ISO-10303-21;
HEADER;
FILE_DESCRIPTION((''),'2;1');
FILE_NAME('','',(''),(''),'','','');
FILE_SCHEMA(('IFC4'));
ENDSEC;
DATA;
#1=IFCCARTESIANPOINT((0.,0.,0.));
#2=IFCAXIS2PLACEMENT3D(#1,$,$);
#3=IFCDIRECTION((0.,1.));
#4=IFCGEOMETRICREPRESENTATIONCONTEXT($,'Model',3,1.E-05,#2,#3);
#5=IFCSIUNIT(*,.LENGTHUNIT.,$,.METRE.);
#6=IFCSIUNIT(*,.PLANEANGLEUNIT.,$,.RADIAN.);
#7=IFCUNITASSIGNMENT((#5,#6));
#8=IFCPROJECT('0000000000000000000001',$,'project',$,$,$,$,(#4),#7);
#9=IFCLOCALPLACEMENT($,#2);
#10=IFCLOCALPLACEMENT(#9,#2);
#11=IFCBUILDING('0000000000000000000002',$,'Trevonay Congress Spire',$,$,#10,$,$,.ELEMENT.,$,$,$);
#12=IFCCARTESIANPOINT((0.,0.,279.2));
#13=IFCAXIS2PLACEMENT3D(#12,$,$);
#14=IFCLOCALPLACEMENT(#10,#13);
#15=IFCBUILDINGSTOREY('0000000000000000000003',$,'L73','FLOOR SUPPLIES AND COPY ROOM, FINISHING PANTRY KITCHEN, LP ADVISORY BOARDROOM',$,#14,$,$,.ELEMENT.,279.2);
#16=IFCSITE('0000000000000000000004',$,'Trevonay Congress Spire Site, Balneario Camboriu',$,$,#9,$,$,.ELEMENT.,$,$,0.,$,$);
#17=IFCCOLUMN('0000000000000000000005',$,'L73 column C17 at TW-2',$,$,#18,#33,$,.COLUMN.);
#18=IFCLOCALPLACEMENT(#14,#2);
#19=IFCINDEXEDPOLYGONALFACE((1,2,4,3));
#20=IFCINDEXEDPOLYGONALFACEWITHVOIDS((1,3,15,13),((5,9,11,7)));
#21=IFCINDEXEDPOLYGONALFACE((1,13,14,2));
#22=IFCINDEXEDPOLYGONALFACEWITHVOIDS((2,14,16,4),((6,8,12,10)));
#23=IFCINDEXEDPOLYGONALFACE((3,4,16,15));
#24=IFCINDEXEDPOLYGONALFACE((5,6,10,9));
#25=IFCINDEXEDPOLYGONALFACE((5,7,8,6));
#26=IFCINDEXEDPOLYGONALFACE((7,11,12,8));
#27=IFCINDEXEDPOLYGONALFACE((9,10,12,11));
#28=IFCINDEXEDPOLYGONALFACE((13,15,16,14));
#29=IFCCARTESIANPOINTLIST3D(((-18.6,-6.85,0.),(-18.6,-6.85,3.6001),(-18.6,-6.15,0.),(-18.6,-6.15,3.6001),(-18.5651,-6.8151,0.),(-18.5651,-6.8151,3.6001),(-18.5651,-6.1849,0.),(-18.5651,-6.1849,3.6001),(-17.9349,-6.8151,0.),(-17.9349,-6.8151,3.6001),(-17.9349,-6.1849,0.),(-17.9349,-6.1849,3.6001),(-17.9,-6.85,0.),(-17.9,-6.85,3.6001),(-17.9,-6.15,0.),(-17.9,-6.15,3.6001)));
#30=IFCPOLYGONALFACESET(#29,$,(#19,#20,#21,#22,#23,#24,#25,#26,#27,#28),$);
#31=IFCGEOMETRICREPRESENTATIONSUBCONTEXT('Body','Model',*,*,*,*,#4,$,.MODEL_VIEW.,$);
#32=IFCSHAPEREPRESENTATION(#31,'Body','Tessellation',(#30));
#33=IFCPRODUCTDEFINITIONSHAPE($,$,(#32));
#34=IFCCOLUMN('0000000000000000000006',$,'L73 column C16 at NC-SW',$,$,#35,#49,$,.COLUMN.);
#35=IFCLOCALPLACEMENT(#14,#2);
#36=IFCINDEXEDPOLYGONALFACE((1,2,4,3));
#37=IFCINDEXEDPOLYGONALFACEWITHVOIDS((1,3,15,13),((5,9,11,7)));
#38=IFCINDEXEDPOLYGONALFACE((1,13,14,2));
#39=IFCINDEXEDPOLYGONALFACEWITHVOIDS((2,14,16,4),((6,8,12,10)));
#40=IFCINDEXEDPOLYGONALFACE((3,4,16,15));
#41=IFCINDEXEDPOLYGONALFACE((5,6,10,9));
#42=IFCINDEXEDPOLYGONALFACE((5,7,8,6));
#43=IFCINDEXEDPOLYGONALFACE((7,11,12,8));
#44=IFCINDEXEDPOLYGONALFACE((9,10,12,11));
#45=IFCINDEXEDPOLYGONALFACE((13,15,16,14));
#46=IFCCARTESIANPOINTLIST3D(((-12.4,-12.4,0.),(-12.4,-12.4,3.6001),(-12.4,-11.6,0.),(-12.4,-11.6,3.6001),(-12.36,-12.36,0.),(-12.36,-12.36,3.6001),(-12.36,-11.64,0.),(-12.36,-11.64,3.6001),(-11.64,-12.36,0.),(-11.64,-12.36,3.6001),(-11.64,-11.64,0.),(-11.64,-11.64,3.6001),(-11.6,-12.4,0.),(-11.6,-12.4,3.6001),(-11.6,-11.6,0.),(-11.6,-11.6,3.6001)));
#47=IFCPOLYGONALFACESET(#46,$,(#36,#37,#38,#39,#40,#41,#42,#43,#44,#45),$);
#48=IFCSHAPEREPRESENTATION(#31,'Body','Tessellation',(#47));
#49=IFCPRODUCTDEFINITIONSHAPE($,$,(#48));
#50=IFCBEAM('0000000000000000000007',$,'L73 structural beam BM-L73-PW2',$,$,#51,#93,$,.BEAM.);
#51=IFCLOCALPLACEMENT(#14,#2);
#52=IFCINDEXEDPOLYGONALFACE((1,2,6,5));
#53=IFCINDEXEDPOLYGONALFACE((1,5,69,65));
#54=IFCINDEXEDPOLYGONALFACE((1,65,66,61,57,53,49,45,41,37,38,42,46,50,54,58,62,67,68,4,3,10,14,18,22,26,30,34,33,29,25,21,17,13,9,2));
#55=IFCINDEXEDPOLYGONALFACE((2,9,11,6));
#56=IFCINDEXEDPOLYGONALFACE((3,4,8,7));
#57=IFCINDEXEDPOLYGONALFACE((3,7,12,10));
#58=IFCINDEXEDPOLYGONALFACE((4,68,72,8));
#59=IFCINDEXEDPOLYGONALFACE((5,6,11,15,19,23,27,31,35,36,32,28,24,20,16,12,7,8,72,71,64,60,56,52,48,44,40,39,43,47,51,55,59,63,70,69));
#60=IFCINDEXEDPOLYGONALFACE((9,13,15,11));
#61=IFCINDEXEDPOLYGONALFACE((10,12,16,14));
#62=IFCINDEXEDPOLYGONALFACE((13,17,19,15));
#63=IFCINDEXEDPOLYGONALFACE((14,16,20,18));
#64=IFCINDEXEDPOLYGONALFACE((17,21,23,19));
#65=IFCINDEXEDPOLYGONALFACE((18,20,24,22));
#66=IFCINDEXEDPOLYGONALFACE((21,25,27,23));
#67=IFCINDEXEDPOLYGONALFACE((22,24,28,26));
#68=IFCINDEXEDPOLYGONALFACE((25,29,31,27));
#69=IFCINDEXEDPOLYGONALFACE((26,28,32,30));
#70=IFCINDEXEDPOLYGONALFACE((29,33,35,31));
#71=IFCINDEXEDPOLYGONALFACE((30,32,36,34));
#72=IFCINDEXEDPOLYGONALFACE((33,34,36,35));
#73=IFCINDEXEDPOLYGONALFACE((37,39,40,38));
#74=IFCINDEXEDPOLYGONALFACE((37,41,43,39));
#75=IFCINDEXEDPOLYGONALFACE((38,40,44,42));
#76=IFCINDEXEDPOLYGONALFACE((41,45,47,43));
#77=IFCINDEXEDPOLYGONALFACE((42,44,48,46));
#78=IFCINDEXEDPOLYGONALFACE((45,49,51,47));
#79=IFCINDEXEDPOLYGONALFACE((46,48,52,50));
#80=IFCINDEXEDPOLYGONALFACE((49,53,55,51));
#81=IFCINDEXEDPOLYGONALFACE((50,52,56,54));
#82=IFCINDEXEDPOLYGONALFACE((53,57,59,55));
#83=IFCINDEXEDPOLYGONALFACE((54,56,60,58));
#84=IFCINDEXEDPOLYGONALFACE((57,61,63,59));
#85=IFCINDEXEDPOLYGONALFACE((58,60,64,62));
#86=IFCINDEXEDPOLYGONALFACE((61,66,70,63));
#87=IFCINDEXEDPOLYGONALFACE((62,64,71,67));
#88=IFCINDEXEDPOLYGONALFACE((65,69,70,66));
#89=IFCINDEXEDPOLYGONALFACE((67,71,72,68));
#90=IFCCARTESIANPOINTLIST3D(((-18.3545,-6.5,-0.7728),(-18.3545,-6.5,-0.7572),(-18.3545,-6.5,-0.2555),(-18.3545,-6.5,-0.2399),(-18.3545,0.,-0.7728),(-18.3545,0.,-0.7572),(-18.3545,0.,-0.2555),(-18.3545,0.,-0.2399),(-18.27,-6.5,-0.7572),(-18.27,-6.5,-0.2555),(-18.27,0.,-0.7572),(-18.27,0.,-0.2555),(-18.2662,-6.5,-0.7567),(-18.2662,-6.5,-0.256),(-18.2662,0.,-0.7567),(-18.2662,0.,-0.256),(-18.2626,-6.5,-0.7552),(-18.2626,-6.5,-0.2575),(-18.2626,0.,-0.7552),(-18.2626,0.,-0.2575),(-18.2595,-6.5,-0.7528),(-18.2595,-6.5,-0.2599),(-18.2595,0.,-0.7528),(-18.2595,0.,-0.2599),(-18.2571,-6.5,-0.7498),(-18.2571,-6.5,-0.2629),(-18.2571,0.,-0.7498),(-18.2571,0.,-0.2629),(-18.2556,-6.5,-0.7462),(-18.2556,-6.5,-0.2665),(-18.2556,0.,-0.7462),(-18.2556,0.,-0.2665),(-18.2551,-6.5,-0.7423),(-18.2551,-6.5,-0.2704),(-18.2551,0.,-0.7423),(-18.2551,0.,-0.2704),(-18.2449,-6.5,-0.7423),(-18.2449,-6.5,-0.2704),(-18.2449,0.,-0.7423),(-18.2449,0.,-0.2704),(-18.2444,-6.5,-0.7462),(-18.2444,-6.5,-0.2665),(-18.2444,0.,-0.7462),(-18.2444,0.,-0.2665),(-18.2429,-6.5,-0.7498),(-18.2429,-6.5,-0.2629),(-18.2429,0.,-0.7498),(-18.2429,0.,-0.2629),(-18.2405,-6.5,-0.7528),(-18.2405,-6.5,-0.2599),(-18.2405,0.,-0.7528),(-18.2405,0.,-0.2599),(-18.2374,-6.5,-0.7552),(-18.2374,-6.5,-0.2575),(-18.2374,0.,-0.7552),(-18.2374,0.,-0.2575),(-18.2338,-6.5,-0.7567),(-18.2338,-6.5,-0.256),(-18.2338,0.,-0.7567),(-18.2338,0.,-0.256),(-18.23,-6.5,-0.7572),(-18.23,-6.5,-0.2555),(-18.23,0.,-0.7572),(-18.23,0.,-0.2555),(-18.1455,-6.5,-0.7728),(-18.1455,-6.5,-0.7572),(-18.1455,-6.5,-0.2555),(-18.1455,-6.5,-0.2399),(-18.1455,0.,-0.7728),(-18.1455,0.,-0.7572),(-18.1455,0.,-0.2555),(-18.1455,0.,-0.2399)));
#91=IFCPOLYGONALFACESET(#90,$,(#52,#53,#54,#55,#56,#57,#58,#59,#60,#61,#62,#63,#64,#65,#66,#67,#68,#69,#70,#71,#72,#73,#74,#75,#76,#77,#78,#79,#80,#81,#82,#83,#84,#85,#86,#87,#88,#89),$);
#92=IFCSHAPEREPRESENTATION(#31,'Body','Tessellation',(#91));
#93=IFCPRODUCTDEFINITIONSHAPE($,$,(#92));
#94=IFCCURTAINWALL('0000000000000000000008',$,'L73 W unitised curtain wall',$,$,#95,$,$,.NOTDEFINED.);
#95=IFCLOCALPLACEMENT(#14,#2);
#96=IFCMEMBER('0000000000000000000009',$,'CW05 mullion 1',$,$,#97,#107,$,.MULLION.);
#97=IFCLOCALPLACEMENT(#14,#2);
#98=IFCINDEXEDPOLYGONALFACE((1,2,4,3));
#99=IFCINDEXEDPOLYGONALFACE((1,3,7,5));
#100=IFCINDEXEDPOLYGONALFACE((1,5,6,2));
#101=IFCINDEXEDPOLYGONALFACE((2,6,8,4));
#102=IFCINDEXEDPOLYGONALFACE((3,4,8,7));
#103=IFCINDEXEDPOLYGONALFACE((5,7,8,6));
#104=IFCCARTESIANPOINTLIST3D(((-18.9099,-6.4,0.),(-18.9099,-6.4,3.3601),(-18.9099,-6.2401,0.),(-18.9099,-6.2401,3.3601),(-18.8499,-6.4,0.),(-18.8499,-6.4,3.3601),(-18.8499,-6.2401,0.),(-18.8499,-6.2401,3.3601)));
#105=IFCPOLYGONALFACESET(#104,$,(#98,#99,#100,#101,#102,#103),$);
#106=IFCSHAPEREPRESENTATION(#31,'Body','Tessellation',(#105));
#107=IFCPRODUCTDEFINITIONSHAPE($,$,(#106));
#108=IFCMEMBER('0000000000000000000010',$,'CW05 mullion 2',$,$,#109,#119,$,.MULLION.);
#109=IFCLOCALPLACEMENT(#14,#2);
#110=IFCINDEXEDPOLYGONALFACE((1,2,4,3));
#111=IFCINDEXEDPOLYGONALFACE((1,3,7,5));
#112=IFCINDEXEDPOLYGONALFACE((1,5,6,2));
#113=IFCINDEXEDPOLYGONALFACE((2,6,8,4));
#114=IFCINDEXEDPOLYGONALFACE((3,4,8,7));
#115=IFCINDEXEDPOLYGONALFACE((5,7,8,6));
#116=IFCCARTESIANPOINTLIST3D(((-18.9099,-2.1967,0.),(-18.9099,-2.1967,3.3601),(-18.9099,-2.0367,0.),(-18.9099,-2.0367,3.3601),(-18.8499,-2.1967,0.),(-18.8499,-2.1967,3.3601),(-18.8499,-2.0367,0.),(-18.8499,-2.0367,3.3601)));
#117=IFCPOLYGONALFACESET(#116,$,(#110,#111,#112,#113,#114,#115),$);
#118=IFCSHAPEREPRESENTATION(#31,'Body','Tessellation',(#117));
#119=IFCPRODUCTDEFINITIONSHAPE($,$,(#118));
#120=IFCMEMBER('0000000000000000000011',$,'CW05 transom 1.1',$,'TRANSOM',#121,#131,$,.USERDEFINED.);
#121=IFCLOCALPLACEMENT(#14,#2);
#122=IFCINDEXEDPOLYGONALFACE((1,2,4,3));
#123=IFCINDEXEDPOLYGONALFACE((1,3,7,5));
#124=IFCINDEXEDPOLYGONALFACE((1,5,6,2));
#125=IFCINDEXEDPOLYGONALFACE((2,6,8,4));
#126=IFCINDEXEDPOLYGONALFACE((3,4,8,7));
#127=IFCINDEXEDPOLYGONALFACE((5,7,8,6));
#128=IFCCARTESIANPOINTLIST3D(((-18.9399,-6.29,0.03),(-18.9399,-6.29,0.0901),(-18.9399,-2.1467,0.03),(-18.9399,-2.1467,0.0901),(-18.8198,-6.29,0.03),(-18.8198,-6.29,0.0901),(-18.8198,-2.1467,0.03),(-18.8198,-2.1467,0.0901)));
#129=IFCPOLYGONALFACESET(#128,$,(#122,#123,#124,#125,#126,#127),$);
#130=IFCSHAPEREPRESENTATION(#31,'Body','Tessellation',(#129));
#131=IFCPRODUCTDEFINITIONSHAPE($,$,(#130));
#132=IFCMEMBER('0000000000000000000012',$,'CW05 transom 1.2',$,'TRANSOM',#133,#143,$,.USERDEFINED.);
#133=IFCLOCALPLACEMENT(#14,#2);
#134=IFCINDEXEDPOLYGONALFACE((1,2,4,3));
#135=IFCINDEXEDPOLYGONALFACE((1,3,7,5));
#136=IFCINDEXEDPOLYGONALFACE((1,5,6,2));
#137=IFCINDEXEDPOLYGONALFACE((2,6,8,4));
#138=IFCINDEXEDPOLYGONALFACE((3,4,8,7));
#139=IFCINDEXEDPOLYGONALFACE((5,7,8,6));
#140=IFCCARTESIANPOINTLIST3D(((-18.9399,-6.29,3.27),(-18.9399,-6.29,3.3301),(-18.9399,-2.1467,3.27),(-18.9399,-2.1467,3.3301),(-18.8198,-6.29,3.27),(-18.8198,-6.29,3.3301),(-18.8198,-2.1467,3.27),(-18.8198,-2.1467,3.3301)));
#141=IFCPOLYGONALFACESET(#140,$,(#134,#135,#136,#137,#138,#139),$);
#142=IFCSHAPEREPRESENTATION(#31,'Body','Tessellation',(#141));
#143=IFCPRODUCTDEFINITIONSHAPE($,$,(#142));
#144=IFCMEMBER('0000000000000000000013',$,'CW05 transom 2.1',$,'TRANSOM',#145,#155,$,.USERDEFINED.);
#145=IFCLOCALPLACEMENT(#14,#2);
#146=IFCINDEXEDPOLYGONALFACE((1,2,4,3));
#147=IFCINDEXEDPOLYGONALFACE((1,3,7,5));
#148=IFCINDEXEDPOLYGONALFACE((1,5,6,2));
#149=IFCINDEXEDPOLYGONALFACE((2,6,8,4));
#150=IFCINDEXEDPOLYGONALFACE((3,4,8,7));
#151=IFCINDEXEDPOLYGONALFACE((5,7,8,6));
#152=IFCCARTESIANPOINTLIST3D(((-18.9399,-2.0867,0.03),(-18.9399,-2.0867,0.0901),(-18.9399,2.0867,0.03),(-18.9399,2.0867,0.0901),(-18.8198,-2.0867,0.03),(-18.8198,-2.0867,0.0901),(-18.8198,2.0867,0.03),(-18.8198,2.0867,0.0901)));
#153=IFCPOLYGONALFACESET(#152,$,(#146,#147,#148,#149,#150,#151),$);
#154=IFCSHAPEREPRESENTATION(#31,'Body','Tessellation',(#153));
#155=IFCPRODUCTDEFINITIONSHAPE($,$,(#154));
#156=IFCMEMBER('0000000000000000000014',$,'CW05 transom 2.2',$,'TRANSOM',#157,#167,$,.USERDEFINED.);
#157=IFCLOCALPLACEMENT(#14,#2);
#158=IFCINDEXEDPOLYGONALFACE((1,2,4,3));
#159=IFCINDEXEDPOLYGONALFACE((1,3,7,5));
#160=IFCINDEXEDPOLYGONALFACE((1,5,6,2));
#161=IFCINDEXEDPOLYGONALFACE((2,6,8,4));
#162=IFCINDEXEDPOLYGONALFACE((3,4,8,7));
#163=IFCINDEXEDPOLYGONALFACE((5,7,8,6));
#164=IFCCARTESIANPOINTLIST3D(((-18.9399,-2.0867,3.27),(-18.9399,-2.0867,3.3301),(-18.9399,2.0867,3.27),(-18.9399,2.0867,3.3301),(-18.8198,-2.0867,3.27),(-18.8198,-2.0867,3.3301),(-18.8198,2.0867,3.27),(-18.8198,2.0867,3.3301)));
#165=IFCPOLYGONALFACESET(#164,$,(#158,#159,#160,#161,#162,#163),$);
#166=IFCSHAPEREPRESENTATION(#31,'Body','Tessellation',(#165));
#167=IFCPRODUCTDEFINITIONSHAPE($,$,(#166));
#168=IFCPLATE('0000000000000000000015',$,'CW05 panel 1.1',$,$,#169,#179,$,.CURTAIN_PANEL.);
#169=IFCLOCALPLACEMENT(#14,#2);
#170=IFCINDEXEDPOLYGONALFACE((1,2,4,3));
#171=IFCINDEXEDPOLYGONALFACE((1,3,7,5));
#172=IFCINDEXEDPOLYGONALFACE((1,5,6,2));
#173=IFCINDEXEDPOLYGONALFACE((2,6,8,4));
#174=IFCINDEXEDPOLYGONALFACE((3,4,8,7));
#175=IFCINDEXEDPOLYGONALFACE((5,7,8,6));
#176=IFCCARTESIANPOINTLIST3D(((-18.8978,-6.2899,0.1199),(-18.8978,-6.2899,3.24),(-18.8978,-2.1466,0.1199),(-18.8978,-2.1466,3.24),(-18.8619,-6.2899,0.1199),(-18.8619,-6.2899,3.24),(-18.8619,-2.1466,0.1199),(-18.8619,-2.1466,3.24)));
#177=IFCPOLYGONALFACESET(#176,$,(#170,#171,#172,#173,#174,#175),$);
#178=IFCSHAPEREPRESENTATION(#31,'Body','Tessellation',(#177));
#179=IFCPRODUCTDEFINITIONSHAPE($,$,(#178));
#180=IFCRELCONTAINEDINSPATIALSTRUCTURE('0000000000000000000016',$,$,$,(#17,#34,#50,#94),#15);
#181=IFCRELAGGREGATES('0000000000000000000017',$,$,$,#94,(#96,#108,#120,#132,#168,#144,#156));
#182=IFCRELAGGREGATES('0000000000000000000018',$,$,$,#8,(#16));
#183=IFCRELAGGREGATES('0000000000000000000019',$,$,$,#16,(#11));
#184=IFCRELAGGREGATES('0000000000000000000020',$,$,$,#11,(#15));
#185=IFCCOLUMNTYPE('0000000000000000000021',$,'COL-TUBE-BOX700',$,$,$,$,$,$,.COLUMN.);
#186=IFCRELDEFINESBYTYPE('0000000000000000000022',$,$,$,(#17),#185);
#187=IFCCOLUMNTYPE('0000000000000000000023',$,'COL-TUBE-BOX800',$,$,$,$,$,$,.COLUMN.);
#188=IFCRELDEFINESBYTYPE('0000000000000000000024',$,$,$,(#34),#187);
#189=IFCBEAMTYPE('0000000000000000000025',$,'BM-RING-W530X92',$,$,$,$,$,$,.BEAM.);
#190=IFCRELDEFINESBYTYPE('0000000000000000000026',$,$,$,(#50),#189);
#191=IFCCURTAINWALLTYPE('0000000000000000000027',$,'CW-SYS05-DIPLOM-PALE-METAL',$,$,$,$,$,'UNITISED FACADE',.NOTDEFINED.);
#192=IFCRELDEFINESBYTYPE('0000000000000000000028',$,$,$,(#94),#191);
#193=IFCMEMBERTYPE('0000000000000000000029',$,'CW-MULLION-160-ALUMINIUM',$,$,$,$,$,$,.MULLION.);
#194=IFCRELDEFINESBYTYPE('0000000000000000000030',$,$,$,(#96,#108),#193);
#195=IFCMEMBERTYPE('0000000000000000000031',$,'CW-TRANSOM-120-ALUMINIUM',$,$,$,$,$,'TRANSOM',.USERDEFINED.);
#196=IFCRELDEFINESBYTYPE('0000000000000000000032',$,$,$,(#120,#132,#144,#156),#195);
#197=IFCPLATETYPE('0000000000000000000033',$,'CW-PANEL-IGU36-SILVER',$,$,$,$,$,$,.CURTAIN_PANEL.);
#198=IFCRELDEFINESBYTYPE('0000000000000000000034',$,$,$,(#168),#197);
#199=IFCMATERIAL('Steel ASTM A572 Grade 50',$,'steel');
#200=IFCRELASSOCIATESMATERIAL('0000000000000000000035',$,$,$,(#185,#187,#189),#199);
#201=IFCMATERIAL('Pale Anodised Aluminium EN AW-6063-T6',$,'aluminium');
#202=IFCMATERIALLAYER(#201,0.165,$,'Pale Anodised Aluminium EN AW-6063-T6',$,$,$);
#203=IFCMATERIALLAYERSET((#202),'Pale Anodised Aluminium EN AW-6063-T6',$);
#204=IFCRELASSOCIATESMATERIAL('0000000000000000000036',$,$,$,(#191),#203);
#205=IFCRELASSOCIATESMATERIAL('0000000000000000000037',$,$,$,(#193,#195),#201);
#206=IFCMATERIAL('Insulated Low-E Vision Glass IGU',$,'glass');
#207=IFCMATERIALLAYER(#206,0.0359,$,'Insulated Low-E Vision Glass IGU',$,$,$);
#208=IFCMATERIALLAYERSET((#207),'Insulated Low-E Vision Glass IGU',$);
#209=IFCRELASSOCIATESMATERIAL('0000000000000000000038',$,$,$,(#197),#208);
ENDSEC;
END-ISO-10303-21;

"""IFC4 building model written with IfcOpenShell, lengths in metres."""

from ifc_helpers import new_model, si_unit, direction, frame, origin, origin_2d, place, context, subcontext, project, spatial, rectangle, hollow_rectangle, i_section, extrude, material, layer, layer_set, material_profile, profile_set, type_object, element, aggregate, save


model = new_model("IFC4")

# Units and contexts
model_context = context("Model", 3, precision=1e-05, world=origin(), true_north=direction((0.0, 1.0)))
body_context = subcontext(model_context, "Body", "Model", "MODEL_VIEW")
ifc_project = project(units=[si_unit("LENGTHUNIT", "METRE"), si_unit("PLANEANGLEUNIT", "RADIAN")], contexts=[model_context])

# Site, building, storey
site_placement = place(None, origin())
site = spatial("IfcSite", under=ifc_project, at=site_placement, Name="Trevonay Congress Spire Site, Balneario Camboriu", CompositionType="ELEMENT", RefElevation=0.0)
building_placement = place(site_placement, origin())
building = spatial("IfcBuilding", under=site, at=building_placement, Name="Trevonay Congress Spire", CompositionType="ELEMENT")
storey_placement = place(building_placement, frame((0.0, 0.0, 279.2)))
storey = spatial("IfcBuildingStorey", under=building, at=storey_placement, Name="L73", Description="FLOOR SUPPLIES AND COPY ROOM, FINISHING PANTRY KITCHEN, LP ADVISORY BOARDROOM", CompositionType="ELEMENT", Elevation=279.2)

# Columns
ifc_material_1 = material(Name="Steel ASTM A572 Grade 50", Category="steel")
ifc_material_profile_1 = material_profile(ifc_material_1, hollow_rectangle(XDim=0.7, YDim=0.7, WallThickness=0.0349, at=origin_2d()), Name="BOX 700x700x35")
ifc_profile_set_1 = profile_set([ifc_material_profile_1], Name="Steel ASTM A572 Grade 50")
column_type_1 = type_object("IfcColumnType", Name="COL-TUBE-BOX700", PredefinedType="COLUMN", material=ifc_profile_set_1)
column_1_placement = place(storey_placement, frame((-18.25, -6.5, 0.0), z_axis=(0.0, 0.0, 1.0), x_axis=(1.0, 0.0, 0.0)))
element("IfcColumn", 1, at=column_1_placement, inside=storey, type_object=column_type_1, Name="L73 column C17 at TW-2", PredefinedType="COLUMN", context=body_context, shape_type="SweptSolid", body=[
    extrude(hollow_rectangle(XDim=0.7, YDim=0.7, WallThickness=0.0349, at=origin_2d()), origin(), (0.0, 0.0, 1.0), 3.6001),
])
ifc_material_profile_2 = material_profile(ifc_material_1, hollow_rectangle(XDim=0.8, YDim=0.8, WallThickness=0.04, at=origin_2d()), Name="BOX 800x800x40")
ifc_profile_set_2 = profile_set([ifc_material_profile_2], Name="Steel ASTM A572 Grade 50")
column_type_2 = type_object("IfcColumnType", Name="COL-TUBE-BOX800", PredefinedType="COLUMN", material=ifc_profile_set_2)
column_2_placement = place(storey_placement, frame((-12.0, -12.0, 0.0), z_axis=(0.0, 0.0, 1.0), x_axis=(1.0, 0.0, 0.0)))
element("IfcColumn", 2, at=column_2_placement, inside=storey, type_object=column_type_2, Name="L73 column C16 at NC-SW", PredefinedType="COLUMN", context=body_context, shape_type="SweptSolid", body=[
    extrude(hollow_rectangle(XDim=0.8, YDim=0.8, WallThickness=0.04, at=origin_2d()), origin(), (0.0, 0.0, 1.0), 3.6001),
])

# Beam
ifc_material_profile_3 = material_profile(ifc_material_1, i_section(OverallWidth=0.209, OverallDepth=0.533, WebThickness=0.0103, FlangeThickness=0.0156, FilletRadius=0.0149, at=origin_2d()), Name="W530x92")
ifc_profile_set_3 = profile_set([ifc_material_profile_3], Name="Steel ASTM A572 Grade 50")
beam_type = type_object("IfcBeamType", Name="BM-RING-W530X92", PredefinedType="BEAM", material=ifc_profile_set_3)
beam_placement = place(storey_placement, frame((-18.25, -6.5, -0.5063), z_axis=(0.0, 1.0, 0.0), x_axis=(-1.0, 0.0, 0.0)))
element("IfcBeam", 3, at=beam_placement, inside=storey, type_object=beam_type, Name="L73 structural beam BM-L73-PW2", PredefinedType="BEAM", context=body_context, shape_type="SweptSolid", body=[
    extrude(i_section(OverallWidth=0.209, OverallDepth=0.533, WebThickness=0.0103, FlangeThickness=0.0156, FilletRadius=0.0149, at=origin_2d()), origin(), (0.0, 0.0, 1.0), 6.5),
])

# Curtain wall, members, plate
ifc_material_2 = material(Name="Pale Anodised Aluminium EN AW-6063-T6", Category="aluminium")
ifc_layer_1 = layer(ifc_material_2, 0.165, Name="Pale Anodised Aluminium EN AW-6063-T6")
ifc_layer_set_1 = layer_set([ifc_layer_1], Name="Pale Anodised Aluminium EN AW-6063-T6")
curtain_wall_type = type_object("IfcCurtainWallType", Name="CW-SYS05-DIPLOM-PALE-METAL", ElementType="UNITISED FACADE", PredefinedType="NOTDEFINED", material=ifc_layer_set_1)
curtain_wall_placement = place(storey_placement, origin())
curtain_wall = element("IfcCurtainWall", 4, at=curtain_wall_placement, inside=storey, type_object=curtain_wall_type, Name="L73 W unitised curtain wall", PredefinedType="NOTDEFINED")
ifc_material_profile_4 = material_profile(ifc_material_2, rectangle(XDim=0.0601, YDim=0.1599, at=origin_2d()), Name="CW-MULLION-160-ALUMINIUM")
ifc_profile_set_4 = profile_set([ifc_material_profile_4], Name="Pale Anodised Aluminium EN AW-6063-T6")
member_type_1 = type_object("IfcMemberType", Name="CW-MULLION-160-ALUMINIUM", PredefinedType="MULLION", material=ifc_profile_set_4)
member_1_placement = place(storey_placement, frame((-18.8799, -6.3201, 0.0), z_axis=(0.0, 0.0, 1.0), x_axis=(-1.0, 0.0, 0.0)))
member_1 = element("IfcMember", 5, at=member_1_placement, type_object=member_type_1, Name="CW05 mullion 1", PredefinedType="MULLION", context=body_context, shape_type="SweptSolid", body=[
    extrude(rectangle(XDim=0.0601, YDim=0.1599, at=origin_2d()), origin(), (0.0, 0.0, 1.0), 3.3601),
])
member_2_placement = place(storey_placement, frame((-18.8799, -2.1167, 0.0), z_axis=(0.0, 0.0, 1.0), x_axis=(-1.0, 0.0, 0.0)))
member_2 = element("IfcMember", 6, at=member_2_placement, type_object=member_type_1, Name="CW05 mullion 2", PredefinedType="MULLION", context=body_context, shape_type="SweptSolid", body=[
    extrude(rectangle(XDim=0.0601, YDim=0.1599, at=origin_2d()), origin(), (0.0, 0.0, 1.0), 3.3601),
])
ifc_material_profile_5 = material_profile(ifc_material_2, rectangle(XDim=0.1201, YDim=0.0601, at=origin_2d()), Name="CW-TRANSOM-120-ALUMINIUM")
ifc_profile_set_5 = profile_set([ifc_material_profile_5], Name="Pale Anodised Aluminium EN AW-6063-T6")
member_type_2 = type_object("IfcMemberType", Name="CW-TRANSOM-120-ALUMINIUM", ElementType="TRANSOM", PredefinedType="USERDEFINED", material=ifc_profile_set_5)
member_3_placement = place(storey_placement, frame((-18.8799, -6.29, 0.0601), z_axis=(0.0, 1.0, 0.0), x_axis=(-1.0, 0.0, 0.0)))
member_3 = element("IfcMember", 7, at=member_3_placement, type_object=member_type_2, Name="CW05 transom 1.1", ObjectType="TRANSOM", PredefinedType="USERDEFINED", context=body_context, shape_type="SweptSolid", body=[
    extrude(rectangle(XDim=0.1201, YDim=0.0601, at=origin_2d()), origin(), (0.0, 0.0, 1.0), 4.1433),
])
member_4_placement = place(storey_placement, frame((-18.8799, -6.29, 3.3), z_axis=(0.0, 1.0, 0.0), x_axis=(-1.0, 0.0, 0.0)))
member_4 = element("IfcMember", 8, at=member_4_placement, type_object=member_type_2, Name="CW05 transom 1.2", ObjectType="TRANSOM", PredefinedType="USERDEFINED", context=body_context, shape_type="SweptSolid", body=[
    extrude(rectangle(XDim=0.1201, YDim=0.0601, at=origin_2d()), origin(), (0.0, 0.0, 1.0), 4.1433),
])
member_5_placement = place(storey_placement, frame((-18.8799, -2.0867, 0.0601), z_axis=(0.0, 1.0, 0.0), x_axis=(-1.0, 0.0, 0.0)))
member_5 = element("IfcMember", 9, at=member_5_placement, type_object=member_type_2, Name="CW05 transom 2.1", ObjectType="TRANSOM", PredefinedType="USERDEFINED", context=body_context, shape_type="SweptSolid", body=[
    extrude(rectangle(XDim=0.1201, YDim=0.0601, at=origin_2d()), origin(), (0.0, 0.0, 1.0), 4.1733),
])
member_6_placement = place(storey_placement, frame((-18.8799, -2.0867, 3.3), z_axis=(0.0, 1.0, 0.0), x_axis=(-1.0, 0.0, 0.0)))
member_6 = element("IfcMember", 10, at=member_6_placement, type_object=member_type_2, Name="CW05 transom 2.2", ObjectType="TRANSOM", PredefinedType="USERDEFINED", context=body_context, shape_type="SweptSolid", body=[
    extrude(rectangle(XDim=0.1201, YDim=0.0601, at=origin_2d()), origin(), (0.0, 0.0, 1.0), 4.1733),
])
ifc_material_3 = material(Name="Insulated Low-E Vision Glass IGU", Category="glass")
ifc_layer_2 = layer(ifc_material_3, 0.0359, Name="Insulated Low-E Vision Glass IGU")
ifc_layer_set_2 = layer_set([ifc_layer_2], Name="Insulated Low-E Vision Glass IGU")
plate_type = type_object("IfcPlateType", Name="CW-PANEL-IGU36-SILVER", PredefinedType="CURTAIN_PANEL", material=ifc_layer_set_2)
plate_placement = place(storey_placement, frame((-18.8799, -4.2183, 0.1199), z_axis=(0.0, 0.0, 1.0), x_axis=(0.0, 1.0, 0.0)))
plate = element("IfcPlate", 11, at=plate_placement, type_object=plate_type, Name="CW05 panel 1.1", PredefinedType="CURTAIN_PANEL", context=body_context, shape_type="SweptSolid", body=[
    extrude(rectangle(XDim=4.1433, YDim=0.0359, at=origin_2d()), origin(), (0.0, 0.0, 1.0), 3.1201),
])
aggregate(curtain_wall, [member_1, member_2, member_3, member_4, plate, member_5, member_6])

save(model, "model.ifc")
